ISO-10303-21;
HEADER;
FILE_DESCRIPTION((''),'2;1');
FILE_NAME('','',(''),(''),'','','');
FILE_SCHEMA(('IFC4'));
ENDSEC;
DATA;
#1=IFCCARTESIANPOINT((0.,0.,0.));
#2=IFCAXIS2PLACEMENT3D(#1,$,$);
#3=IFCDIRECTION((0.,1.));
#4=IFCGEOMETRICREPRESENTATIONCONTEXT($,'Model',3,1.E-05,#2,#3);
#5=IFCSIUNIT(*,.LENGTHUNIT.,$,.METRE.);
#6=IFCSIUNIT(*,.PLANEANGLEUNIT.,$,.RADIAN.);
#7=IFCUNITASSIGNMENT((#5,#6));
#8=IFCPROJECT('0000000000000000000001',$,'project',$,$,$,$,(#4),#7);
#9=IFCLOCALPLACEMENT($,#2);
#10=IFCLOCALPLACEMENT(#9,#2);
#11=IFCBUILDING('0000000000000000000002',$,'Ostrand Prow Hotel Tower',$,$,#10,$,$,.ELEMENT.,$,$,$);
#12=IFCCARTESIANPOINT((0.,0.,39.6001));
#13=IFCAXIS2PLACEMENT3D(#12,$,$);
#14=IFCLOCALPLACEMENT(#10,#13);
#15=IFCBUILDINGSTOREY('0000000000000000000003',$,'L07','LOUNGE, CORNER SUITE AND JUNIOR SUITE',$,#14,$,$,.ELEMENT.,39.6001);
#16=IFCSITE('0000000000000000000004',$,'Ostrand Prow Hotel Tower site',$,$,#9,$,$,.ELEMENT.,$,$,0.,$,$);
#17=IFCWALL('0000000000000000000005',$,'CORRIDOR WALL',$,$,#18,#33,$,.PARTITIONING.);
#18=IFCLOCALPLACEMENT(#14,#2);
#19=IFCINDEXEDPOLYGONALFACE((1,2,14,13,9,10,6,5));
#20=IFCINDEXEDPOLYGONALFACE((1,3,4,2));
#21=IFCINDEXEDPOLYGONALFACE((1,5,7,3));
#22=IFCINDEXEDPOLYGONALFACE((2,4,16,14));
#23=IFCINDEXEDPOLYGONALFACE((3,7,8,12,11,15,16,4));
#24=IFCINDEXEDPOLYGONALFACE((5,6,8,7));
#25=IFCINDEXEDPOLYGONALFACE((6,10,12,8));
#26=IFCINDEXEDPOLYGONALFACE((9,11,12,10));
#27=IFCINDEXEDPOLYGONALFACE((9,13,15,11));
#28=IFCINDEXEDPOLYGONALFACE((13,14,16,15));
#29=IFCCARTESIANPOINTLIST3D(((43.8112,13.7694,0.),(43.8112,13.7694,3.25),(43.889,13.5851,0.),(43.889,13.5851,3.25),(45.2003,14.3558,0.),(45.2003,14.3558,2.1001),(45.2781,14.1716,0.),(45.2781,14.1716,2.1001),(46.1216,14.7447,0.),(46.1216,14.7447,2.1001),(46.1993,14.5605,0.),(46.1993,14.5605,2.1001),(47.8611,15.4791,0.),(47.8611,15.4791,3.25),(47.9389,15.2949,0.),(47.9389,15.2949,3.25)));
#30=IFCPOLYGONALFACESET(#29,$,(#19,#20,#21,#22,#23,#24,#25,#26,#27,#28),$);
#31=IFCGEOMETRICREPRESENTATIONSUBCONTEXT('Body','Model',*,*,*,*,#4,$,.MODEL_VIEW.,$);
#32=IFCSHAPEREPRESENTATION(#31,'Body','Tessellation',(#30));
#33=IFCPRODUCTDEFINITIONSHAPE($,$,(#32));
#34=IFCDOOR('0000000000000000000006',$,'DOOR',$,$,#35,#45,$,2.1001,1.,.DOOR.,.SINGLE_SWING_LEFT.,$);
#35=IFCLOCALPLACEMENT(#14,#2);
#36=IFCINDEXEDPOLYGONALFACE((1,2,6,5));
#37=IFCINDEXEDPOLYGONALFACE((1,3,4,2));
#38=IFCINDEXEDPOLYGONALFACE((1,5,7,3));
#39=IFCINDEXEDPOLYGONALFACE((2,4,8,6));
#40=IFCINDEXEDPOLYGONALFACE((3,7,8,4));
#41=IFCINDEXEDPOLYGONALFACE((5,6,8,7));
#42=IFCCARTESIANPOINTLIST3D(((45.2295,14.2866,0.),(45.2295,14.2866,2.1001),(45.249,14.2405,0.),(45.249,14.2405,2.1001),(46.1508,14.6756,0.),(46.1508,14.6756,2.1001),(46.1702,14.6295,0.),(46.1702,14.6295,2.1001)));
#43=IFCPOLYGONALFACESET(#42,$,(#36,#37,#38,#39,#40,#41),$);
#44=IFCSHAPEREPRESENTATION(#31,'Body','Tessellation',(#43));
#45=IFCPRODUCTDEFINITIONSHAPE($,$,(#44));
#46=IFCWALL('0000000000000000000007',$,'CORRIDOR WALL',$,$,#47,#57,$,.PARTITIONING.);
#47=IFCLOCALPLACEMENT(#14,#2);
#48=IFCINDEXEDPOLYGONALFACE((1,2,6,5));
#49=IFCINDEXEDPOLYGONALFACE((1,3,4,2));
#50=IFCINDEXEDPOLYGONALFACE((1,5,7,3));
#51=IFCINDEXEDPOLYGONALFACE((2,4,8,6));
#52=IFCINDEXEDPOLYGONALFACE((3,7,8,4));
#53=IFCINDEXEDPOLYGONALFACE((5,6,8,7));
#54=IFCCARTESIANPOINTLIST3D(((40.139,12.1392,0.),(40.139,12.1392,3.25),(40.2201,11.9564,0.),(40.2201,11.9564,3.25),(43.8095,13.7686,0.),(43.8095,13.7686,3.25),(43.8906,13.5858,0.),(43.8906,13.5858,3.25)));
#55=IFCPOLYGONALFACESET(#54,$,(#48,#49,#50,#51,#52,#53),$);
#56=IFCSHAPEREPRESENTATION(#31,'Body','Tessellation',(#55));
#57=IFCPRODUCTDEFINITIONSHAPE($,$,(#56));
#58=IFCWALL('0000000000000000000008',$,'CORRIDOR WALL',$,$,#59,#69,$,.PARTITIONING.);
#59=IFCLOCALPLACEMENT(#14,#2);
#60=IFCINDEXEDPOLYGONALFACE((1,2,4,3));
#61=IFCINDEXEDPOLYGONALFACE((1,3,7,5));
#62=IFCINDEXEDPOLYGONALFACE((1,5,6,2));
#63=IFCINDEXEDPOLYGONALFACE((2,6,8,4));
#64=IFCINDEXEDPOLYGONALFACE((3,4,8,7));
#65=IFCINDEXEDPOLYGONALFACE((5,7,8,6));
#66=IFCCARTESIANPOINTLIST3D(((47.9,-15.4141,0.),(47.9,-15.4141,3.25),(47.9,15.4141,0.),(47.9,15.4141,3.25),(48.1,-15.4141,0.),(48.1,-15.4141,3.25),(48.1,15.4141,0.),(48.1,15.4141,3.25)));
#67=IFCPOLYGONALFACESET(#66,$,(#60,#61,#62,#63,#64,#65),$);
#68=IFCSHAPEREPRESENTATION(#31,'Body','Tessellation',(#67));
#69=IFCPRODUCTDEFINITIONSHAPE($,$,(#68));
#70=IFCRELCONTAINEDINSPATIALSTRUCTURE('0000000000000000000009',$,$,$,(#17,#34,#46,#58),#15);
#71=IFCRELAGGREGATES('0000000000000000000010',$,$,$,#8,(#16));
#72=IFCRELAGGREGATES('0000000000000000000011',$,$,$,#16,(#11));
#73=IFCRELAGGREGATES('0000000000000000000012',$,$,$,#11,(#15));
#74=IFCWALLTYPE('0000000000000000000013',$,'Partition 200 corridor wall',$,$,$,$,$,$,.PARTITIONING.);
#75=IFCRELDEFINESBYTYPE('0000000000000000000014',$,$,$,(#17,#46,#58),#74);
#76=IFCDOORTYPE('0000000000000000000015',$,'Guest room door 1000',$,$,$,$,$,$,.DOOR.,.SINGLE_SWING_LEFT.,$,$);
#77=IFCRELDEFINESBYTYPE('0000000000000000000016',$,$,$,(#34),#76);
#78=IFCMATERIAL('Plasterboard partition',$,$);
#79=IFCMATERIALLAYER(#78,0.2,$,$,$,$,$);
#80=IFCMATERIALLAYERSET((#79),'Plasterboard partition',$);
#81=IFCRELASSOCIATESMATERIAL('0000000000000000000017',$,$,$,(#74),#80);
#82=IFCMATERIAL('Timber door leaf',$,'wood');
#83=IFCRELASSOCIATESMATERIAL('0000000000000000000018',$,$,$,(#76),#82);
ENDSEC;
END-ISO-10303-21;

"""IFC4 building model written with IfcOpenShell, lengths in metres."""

from ifc_helpers import new_model, si_unit, direction, frame, frame_2d, origin, place, context, subcontext, project, spatial, rectangle, extrude, material, layer, layer_set, type_object, element, fill, save


model = new_model("IFC4")

# Units and contexts
model_context = context("Model", 3, precision=1e-05, world=origin(), true_north=direction((0.0, 1.0)))
body_context = subcontext(model_context, "Body", "Model", "MODEL_VIEW")
ifc_project = project(units=[si_unit("LENGTHUNIT", "METRE"), si_unit("PLANEANGLEUNIT", "RADIAN")], contexts=[model_context])

# Site, building, storey
site_placement = place(None, origin())
site = spatial("IfcSite", under=ifc_project, at=site_placement, Name="Ostrand Prow Hotel Tower site", CompositionType="ELEMENT", RefElevation=0.0)
building_placement = place(site_placement, origin())
building = spatial("IfcBuilding", under=site, at=building_placement, Name="Ostrand Prow Hotel Tower", CompositionType="ELEMENT")
storey_placement = place(building_placement, frame((0.0, 0.0, 39.6001)))
storey = spatial("IfcBuildingStorey", under=building, at=storey_placement, Name="L07", Description="LOUNGE, CORNER SUITE AND JUNIOR SUITE", CompositionType="ELEMENT", Elevation=39.6001)

# Wall, opening, door
ifc_material_1 = material(Name="Plasterboard partition")
ifc_layer_1 = layer(ifc_material_1, 0.2)
ifc_layer_set_1 = layer_set([ifc_layer_1], Name="Plasterboard partition")
wall_type_1 = type_object("IfcWallType", Name="Partition 200 corridor wall", PredefinedType="PARTITIONING", material=ifc_layer_set_1)
wall_1_placement = place(storey_placement, frame((43.8501, 13.6772, 0.0), z_axis=(0.0, 0.0, 1.0), x_axis=(0.921266, 0.388933, 0.0)))
wall_1 = element("IfcWall", 1, at=wall_1_placement, inside=storey, type_object=wall_type_1, Name="CORRIDOR WALL", PredefinedType="PARTITIONING", context=body_context, shape_type="SweptSolid", body=[
    extrude(rectangle(XDim=4.396, YDim=0.2, at=frame_2d((2.198, 0.0))), origin(), (0.0, 0.0, 1.0), 3.25),
])
opening_1_placement = place(wall_1_placement, frame((1.5078, 0.0, 0.0)))
opening_1 = element("IfcOpeningElement", 2, at=opening_1_placement, cuts=wall_1, PredefinedType="OPENING", context=body_context, shape_type="SweptSolid", body=[
    extrude(rectangle(XDim=1.0, YDim=2.1001, at=frame_2d((0.5, 1.05))), frame((0.0, 0.1099, 0.0), z_axis=(0.0, -1.0, 0.0), x_axis=(1.0, 0.0, 0.0)), (0.0, 0.0, 1.0), 0.22),
])
ifc_material_2 = material(Name="Timber door leaf", Category="wood")
door_type_1 = type_object("IfcDoorType", Name="Guest room door 1000", OperationType="SINGLE_SWING_LEFT", PredefinedType="DOOR", material=ifc_material_2)
door_1_placement = place(opening_1_placement, origin())
door_1 = element("IfcDoor", 3, at=door_1_placement, inside=storey, type_object=door_type_1, Name="DOOR", OperationType="SINGLE_SWING_LEFT", OverallHeight=2.1001, OverallWidth=1.0, PredefinedType="DOOR", context=body_context, shape_type="SweptSolid", body=[
    extrude(rectangle(XDim=1.0, YDim=2.1001, at=frame_2d((0.5, 1.05))), frame((0.0, 0.0249, 0.0), z_axis=(0.0, -1.0, 0.0), x_axis=(1.0, 0.0, 0.0)), (0.0, 0.0, 1.0), 0.05),
])
fill(opening_1, door_1)

# Walls
wall_2_placement = place(storey_placement, frame((40.1797, 12.0479, 0.0), z_axis=(0.0, 0.0, 1.0), x_axis=(0.913987, 0.405744, 0.0)))
element("IfcWall", 4, at=wall_2_placement, inside=storey, type_object=wall_type_1, Name="CORRIDOR WALL", PredefinedType="PARTITIONING", context=body_context, shape_type="SweptSolid", body=[
    extrude(rectangle(XDim=4.0159, YDim=0.2, at=frame_2d((2.0078, 0.0))), origin(), (0.0, 0.0, 1.0), 3.25),
])
wall_3_placement = place(storey_placement, frame((48.0, 15.4141, 0.0), z_axis=(0.0, 0.0, 1.0), x_axis=(0.0, -1.0, 0.0)))
element("IfcWall", 5, at=wall_3_placement, inside=storey, type_object=wall_type_1, Name="CORRIDOR WALL", PredefinedType="PARTITIONING", context=body_context, shape_type="SweptSolid", body=[
    extrude(rectangle(XDim=30.8281, YDim=0.2, at=frame_2d((15.4141, 0.0))), origin(), (0.0, 0.0, 1.0), 3.25),
])

save(model, "model.ifc")
